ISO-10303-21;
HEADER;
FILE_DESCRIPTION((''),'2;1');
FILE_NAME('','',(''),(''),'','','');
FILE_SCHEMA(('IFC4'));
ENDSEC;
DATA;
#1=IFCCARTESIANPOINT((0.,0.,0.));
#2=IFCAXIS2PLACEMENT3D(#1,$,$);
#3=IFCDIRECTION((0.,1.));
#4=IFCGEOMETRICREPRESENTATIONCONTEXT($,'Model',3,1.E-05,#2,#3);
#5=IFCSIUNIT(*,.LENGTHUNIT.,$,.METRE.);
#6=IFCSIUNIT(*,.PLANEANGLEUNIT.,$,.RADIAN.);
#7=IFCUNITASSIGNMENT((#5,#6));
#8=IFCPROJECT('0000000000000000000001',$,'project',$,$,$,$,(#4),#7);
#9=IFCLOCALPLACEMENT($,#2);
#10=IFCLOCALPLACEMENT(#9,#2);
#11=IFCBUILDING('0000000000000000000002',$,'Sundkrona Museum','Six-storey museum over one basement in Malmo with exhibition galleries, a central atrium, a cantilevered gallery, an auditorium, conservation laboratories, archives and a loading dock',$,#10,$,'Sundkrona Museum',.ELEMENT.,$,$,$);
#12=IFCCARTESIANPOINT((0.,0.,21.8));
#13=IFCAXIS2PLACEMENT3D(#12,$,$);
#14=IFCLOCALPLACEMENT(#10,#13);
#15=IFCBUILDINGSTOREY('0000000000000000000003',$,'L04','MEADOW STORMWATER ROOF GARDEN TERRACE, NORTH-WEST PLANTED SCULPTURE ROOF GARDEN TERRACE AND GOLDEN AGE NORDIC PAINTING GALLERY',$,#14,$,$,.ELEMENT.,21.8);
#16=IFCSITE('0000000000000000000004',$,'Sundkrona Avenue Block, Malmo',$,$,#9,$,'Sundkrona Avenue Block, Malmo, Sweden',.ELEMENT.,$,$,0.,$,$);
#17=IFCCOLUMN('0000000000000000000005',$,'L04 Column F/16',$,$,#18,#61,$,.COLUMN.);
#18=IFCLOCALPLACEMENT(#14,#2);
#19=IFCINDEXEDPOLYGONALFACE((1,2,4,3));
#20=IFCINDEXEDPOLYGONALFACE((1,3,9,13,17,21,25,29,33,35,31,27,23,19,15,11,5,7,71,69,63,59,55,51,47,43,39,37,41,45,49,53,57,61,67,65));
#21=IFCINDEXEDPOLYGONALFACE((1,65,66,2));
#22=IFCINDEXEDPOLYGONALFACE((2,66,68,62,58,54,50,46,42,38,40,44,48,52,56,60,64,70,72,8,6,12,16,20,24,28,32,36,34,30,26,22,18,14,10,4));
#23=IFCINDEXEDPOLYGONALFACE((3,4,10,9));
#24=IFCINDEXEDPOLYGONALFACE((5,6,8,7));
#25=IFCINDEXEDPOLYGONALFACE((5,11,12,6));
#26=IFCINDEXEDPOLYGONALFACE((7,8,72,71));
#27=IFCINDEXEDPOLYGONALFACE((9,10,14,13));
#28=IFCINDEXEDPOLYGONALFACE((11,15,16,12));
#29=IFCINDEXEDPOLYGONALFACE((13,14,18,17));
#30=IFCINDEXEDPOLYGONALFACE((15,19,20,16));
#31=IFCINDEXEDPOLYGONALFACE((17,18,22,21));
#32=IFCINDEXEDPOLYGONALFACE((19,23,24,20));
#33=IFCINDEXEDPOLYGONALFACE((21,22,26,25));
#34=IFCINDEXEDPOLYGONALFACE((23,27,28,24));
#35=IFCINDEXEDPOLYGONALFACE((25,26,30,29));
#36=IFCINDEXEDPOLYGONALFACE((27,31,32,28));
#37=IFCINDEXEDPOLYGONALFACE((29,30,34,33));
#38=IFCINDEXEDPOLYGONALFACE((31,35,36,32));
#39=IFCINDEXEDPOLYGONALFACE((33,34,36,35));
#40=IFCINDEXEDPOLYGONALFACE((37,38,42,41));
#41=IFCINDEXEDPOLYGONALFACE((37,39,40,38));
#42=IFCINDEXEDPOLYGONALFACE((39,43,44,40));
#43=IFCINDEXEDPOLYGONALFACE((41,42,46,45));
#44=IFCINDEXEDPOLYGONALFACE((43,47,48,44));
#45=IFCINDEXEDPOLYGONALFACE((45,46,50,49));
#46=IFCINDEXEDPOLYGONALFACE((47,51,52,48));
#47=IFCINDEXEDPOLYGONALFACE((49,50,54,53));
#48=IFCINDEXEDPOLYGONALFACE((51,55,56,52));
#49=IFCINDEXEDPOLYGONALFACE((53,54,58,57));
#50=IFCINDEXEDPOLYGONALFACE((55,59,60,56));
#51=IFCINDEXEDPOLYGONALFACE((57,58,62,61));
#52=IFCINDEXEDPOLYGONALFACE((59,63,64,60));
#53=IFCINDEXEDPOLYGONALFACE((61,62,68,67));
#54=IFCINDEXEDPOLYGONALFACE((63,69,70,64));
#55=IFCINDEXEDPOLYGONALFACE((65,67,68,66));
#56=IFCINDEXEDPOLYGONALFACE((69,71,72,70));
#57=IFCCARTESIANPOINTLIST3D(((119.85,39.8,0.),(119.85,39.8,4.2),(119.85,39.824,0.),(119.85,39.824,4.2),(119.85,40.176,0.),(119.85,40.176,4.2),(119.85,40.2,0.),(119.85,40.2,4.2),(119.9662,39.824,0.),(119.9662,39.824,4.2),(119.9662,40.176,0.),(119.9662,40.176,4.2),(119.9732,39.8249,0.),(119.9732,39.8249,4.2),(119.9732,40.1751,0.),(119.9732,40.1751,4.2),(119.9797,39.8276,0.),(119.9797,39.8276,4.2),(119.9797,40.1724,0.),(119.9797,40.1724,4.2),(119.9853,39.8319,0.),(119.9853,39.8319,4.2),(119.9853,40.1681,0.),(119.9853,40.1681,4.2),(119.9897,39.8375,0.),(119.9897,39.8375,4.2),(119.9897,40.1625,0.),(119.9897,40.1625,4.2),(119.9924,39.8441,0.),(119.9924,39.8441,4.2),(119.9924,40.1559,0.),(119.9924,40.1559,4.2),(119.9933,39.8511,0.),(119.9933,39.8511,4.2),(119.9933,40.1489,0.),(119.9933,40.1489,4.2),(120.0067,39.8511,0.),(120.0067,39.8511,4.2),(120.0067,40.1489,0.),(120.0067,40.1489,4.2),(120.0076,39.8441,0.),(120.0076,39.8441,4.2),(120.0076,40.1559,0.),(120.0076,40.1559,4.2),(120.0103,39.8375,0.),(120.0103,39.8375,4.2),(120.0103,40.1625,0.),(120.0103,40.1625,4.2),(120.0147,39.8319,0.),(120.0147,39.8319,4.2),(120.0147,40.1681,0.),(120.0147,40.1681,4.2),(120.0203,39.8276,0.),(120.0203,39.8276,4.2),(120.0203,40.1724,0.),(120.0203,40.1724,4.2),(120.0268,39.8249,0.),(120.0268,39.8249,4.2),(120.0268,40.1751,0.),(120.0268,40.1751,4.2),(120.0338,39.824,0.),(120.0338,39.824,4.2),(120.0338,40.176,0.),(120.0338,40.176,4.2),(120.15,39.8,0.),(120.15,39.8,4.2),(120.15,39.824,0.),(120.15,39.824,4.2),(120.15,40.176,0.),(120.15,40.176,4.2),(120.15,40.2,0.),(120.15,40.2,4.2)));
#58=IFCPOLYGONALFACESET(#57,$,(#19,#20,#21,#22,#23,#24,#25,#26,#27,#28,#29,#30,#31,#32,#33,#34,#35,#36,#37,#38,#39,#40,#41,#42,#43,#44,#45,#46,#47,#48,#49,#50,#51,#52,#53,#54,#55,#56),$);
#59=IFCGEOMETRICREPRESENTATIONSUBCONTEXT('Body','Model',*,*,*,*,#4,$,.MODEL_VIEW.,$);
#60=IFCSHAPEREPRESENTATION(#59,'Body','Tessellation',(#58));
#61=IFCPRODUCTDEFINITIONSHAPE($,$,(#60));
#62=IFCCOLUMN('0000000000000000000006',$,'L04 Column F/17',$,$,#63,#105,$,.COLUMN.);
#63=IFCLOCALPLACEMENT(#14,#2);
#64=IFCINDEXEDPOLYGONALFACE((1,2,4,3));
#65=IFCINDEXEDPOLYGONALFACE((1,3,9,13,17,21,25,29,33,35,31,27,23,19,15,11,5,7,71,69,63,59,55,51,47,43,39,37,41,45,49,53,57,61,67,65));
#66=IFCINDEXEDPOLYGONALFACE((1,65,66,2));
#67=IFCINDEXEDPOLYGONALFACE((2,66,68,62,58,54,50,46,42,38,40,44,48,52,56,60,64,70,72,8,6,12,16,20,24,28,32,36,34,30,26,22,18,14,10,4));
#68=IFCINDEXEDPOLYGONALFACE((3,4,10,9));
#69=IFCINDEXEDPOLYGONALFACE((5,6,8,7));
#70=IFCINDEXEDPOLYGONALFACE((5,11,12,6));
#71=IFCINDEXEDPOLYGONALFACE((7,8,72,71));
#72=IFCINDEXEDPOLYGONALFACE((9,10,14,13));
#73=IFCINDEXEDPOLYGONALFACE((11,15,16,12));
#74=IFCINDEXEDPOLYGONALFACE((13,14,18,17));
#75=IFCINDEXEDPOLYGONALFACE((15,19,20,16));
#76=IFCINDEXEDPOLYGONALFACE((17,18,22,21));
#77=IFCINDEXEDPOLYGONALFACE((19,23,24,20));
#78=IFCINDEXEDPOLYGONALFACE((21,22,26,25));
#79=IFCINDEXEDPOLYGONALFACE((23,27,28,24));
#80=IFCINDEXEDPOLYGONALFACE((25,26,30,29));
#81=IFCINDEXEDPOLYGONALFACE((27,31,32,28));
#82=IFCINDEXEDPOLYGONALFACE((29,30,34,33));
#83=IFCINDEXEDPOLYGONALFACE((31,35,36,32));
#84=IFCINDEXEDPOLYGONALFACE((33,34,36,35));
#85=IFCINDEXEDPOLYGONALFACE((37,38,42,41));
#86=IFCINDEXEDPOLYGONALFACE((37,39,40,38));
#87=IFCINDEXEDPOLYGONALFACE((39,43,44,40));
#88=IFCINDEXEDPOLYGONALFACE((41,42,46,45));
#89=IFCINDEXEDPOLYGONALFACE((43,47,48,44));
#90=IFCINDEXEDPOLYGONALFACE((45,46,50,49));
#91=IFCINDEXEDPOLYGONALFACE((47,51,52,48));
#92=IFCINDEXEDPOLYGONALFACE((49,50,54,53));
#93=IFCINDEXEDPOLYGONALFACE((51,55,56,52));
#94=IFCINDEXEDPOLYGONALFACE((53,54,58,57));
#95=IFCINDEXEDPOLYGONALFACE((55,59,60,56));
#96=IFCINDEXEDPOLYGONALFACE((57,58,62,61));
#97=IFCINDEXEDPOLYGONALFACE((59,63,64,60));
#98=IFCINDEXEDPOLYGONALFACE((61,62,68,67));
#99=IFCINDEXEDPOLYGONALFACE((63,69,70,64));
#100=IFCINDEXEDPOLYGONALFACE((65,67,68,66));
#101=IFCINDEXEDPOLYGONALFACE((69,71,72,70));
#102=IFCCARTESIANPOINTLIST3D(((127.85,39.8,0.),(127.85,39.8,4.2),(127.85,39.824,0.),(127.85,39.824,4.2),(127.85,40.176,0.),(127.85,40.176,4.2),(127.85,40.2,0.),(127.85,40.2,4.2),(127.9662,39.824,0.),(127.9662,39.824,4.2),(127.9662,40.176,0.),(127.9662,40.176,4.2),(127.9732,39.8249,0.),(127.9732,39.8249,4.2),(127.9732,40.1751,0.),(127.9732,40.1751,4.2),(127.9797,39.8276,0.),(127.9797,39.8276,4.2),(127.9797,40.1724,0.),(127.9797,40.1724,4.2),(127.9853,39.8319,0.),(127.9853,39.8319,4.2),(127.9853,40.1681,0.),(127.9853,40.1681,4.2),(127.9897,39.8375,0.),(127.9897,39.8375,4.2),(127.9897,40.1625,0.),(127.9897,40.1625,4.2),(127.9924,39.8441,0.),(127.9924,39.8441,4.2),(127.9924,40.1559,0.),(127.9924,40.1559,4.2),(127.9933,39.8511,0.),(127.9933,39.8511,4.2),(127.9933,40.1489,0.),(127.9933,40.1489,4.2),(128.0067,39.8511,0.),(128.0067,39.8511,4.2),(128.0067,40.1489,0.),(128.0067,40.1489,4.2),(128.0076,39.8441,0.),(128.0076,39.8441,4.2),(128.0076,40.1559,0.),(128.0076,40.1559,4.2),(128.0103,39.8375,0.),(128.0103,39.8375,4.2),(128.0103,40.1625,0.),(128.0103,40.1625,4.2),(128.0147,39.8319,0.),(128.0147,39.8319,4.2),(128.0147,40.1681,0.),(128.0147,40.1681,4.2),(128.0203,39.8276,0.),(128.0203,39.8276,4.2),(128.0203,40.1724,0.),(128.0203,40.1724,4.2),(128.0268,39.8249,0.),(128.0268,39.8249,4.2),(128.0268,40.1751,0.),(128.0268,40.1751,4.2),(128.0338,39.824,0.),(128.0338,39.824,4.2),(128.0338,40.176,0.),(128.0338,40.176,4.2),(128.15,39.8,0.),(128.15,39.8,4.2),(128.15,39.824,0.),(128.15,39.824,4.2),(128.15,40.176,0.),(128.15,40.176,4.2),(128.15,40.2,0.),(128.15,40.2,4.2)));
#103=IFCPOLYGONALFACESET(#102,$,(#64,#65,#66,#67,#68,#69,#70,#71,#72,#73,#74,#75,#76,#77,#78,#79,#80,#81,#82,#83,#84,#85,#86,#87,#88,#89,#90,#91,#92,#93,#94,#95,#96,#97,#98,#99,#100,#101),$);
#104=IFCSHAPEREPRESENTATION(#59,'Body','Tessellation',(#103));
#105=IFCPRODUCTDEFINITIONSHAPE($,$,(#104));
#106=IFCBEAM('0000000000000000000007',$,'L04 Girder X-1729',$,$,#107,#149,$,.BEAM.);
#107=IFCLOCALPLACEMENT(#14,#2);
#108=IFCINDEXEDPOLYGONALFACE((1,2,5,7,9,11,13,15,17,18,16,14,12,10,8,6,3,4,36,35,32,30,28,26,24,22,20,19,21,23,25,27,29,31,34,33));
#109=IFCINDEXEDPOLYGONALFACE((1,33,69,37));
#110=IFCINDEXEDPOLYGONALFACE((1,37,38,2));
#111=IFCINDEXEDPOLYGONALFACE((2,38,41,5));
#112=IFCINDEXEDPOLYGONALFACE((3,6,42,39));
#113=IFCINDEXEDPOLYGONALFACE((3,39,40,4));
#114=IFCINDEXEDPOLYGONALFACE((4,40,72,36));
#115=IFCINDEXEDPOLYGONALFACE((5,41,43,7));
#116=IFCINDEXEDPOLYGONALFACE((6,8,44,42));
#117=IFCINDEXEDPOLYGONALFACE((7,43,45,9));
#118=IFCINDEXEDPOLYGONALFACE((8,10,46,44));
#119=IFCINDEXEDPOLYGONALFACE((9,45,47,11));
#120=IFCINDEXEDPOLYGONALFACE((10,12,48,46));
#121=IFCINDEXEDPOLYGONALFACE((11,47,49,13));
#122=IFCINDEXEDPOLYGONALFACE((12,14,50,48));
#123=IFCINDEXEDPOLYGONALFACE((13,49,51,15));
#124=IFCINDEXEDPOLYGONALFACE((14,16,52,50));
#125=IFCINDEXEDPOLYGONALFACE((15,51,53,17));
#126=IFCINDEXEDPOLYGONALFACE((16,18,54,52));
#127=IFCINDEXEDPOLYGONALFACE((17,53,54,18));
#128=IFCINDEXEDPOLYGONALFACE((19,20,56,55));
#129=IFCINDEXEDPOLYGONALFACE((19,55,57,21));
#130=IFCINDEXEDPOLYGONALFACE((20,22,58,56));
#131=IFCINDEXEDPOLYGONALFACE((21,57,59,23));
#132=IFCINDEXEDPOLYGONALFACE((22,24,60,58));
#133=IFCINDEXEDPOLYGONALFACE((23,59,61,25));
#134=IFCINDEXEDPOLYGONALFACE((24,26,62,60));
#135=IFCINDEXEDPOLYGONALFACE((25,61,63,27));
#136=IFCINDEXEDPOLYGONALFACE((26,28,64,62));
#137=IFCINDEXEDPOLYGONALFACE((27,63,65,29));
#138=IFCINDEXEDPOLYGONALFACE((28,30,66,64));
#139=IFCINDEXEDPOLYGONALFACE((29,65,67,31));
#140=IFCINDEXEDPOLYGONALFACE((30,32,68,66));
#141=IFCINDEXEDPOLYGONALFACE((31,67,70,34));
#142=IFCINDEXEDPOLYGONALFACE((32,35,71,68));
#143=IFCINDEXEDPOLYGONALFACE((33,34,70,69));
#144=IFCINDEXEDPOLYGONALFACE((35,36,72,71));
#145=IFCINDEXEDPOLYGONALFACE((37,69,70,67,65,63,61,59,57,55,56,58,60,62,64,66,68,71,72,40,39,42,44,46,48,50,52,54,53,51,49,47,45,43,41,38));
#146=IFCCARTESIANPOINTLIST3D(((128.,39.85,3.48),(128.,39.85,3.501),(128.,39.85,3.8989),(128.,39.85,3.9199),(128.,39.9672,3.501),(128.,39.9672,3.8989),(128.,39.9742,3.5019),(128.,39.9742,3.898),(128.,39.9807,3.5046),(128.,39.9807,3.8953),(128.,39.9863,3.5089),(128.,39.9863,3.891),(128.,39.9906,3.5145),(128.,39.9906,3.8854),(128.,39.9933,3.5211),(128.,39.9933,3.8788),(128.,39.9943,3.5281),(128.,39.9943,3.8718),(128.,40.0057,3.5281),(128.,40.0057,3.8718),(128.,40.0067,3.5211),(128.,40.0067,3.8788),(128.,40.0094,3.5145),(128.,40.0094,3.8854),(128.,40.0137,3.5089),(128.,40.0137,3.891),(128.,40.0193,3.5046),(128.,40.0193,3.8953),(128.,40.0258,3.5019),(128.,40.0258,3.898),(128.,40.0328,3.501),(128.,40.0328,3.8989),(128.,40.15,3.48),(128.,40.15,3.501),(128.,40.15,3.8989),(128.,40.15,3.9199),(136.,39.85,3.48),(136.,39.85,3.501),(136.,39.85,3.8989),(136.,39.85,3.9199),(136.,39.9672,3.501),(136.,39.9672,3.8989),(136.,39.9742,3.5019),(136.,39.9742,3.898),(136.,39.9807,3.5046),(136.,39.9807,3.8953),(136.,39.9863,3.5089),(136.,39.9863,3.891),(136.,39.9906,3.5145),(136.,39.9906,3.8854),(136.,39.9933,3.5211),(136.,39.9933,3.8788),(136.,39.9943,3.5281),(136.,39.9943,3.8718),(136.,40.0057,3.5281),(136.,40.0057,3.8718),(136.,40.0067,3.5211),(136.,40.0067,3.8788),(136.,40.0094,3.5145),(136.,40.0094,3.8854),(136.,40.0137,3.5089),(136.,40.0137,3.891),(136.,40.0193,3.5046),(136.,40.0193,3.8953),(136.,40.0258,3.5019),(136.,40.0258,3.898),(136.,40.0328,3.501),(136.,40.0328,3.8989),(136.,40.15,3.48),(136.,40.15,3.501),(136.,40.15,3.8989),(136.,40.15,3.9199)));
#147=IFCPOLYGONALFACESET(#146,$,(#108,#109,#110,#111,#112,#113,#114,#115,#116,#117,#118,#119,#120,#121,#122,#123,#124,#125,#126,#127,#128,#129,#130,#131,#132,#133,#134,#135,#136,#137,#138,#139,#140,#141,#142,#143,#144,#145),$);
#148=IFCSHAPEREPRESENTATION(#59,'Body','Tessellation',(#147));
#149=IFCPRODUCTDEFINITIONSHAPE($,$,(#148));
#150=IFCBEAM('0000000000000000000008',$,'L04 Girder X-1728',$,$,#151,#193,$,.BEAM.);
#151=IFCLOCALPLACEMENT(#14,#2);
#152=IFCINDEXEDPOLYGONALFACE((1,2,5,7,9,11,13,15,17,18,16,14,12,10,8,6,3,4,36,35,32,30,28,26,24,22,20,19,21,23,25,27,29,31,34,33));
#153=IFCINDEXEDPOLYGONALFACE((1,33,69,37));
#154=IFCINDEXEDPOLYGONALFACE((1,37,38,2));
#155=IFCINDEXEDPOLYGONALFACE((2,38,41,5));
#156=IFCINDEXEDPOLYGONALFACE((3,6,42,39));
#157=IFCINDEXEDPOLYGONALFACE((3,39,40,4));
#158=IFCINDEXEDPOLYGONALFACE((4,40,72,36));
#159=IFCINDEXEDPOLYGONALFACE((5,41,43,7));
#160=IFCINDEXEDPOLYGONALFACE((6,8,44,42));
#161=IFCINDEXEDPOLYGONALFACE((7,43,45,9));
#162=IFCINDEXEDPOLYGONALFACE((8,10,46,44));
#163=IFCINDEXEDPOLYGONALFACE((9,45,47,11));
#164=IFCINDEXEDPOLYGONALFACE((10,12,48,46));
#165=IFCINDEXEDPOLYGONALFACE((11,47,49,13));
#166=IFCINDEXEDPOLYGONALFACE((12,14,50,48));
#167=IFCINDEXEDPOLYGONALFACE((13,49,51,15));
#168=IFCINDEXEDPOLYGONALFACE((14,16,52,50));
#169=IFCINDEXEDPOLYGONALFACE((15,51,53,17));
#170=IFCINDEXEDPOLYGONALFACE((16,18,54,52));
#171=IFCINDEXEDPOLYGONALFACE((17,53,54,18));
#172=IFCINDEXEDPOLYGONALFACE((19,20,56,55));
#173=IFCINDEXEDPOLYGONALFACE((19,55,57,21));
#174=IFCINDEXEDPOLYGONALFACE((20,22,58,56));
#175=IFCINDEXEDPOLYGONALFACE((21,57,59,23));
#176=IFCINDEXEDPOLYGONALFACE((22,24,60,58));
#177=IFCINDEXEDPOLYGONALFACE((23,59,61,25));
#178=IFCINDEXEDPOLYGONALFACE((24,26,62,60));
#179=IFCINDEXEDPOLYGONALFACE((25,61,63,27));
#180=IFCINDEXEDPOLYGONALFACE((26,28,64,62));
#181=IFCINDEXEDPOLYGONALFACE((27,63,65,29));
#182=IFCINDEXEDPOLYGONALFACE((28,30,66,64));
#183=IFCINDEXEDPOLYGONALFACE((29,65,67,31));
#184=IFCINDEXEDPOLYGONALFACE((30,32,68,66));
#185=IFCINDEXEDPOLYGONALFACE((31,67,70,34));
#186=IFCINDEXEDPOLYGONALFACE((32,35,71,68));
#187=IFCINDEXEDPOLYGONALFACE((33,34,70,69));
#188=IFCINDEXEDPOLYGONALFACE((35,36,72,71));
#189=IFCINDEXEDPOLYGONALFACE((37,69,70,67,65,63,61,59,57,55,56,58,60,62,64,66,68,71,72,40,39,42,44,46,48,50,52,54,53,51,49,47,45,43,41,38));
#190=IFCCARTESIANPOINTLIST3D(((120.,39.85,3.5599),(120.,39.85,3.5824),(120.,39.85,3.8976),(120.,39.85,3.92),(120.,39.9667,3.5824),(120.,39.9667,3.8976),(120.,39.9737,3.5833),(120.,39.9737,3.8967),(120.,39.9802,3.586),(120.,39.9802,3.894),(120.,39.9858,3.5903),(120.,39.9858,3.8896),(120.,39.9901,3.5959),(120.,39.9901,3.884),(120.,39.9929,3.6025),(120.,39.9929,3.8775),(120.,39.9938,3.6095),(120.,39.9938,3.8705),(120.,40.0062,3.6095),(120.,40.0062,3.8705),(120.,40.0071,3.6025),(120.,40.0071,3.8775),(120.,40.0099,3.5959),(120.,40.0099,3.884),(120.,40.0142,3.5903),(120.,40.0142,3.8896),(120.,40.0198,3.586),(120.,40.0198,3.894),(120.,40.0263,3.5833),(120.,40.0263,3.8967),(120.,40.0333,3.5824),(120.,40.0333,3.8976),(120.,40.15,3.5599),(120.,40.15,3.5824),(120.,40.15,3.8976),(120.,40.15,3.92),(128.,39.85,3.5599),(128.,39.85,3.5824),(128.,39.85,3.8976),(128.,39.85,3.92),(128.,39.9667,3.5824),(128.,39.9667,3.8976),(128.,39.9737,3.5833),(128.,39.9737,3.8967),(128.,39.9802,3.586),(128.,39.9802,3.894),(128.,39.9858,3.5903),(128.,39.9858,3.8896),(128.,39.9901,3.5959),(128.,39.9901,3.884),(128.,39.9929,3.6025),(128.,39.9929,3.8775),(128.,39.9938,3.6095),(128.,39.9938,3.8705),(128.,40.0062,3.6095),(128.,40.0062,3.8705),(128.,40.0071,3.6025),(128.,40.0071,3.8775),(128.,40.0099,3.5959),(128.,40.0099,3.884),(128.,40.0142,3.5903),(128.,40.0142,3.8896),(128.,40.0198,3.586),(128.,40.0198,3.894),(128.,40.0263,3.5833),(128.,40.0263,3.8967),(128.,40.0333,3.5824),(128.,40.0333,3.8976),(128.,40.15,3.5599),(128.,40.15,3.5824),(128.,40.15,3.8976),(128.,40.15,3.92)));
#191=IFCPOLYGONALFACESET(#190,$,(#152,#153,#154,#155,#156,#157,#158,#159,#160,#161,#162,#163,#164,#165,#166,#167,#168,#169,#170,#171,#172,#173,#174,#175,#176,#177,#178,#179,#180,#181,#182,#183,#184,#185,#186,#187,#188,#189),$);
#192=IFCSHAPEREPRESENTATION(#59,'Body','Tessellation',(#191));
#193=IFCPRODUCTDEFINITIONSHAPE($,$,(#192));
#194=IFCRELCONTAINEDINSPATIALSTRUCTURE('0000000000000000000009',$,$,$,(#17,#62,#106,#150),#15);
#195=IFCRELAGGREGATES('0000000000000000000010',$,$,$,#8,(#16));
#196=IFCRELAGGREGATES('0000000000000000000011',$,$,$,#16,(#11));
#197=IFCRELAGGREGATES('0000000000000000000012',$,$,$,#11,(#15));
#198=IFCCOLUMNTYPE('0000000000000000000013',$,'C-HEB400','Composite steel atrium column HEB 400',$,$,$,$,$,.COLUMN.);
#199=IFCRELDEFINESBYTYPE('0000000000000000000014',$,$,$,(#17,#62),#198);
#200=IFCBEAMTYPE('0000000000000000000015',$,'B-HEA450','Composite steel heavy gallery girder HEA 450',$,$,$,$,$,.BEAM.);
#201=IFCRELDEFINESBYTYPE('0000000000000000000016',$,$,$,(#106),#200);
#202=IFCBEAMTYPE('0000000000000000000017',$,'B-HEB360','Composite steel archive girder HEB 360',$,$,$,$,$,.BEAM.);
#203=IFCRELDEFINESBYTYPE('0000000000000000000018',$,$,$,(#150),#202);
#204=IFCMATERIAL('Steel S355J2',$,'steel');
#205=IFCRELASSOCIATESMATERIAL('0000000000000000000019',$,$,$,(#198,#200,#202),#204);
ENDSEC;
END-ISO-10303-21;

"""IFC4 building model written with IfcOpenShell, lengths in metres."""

from ifc_helpers import new_model, si_unit, direction, frame, origin, origin_2d, place, context, subcontext, project, spatial, i_section, extrude, material, material_profile, profile_set, type_object, element, save


model = new_model("IFC4")

# Units and contexts
model_context = context("Model", 3, precision=1e-05, world=origin(), true_north=direction((0.0, 1.0)))
body_context = subcontext(model_context, "Body", "Model", "MODEL_VIEW")
ifc_project = project(units=[si_unit("LENGTHUNIT", "METRE"), si_unit("PLANEANGLEUNIT", "RADIAN")], contexts=[model_context])

# Site, building, storey
site_placement = place(None, origin())
site = spatial("IfcSite", under=ifc_project, at=site_placement, Name="Sundkrona Avenue Block, Malmo", LongName="Sundkrona Avenue Block, Malmo, Sweden", CompositionType="ELEMENT", RefElevation=0.0)
building_placement = place(site_placement, origin())
building = spatial("IfcBuilding", under=site, at=building_placement, Name="Sundkrona Museum", Description="Six-storey museum over one basement in Malmo with exhibition galleries, a central atrium, a cantilevered gallery, an auditorium, conservation laboratories, archives and a loading dock", LongName="Sundkrona Museum", CompositionType="ELEMENT")
storey_placement = place(building_placement, frame((0.0, 0.0, 21.8)))
storey = spatial("IfcBuildingStorey", under=building, at=storey_placement, Name="L04", Description="MEADOW STORMWATER ROOF GARDEN TERRACE, NORTH-WEST PLANTED SCULPTURE ROOF GARDEN TERRACE AND GOLDEN AGE NORDIC PAINTING GALLERY", CompositionType="ELEMENT", Elevation=21.8)

# Columns
ifc_material_1 = material(Name="Steel S355J2", Category="steel")
ifc_material_profile_1 = material_profile(ifc_material_1, i_section(OverallWidth=0.3, OverallDepth=0.3999, WebThickness=0.0134, FlangeThickness=0.0239, FilletRadius=0.0271, at=origin_2d()), Name="HEB 400")
ifc_profile_set_1 = profile_set([ifc_material_profile_1], Name="Steel S355J2")
column_type = type_object("IfcColumnType", Name="C-HEB400", Description="Composite steel atrium column HEB 400", PredefinedType="COLUMN", material=ifc_profile_set_1)
for number, where, z_axis, x_axis, name in (
    (1, (120.0, 40.0, 0.0), (0.0, 0.0, 1.0), (1.0, 0.0, 0.0), "L04 Column F/16"),
    (2, (128.0, 40.0, 0.0), (0.0, 0.0, 1.0), (1.0, 0.0, 0.0), "L04 Column F/17"),
):
    element("IfcColumn", number, at=place(storey_placement, frame(where, z_axis=z_axis, x_axis=x_axis)), inside=storey, type_object=column_type, Name=name, PredefinedType="COLUMN", context=body_context, shape_type="SweptSolid", body=[
        extrude(i_section(OverallWidth=0.3, OverallDepth=0.3999, WebThickness=0.0134, FlangeThickness=0.0239, FilletRadius=0.0271, at=origin_2d()), origin(), (0.0, 0.0, 1.0), 4.2),
    ])

# Beams
ifc_material_profile_2 = material_profile(ifc_material_1, i_section(OverallWidth=0.3, OverallDepth=0.4399, WebThickness=0.0115, FlangeThickness=0.021, FilletRadius=0.0271, at=origin_2d()), Name="HEA 450")
ifc_profile_set_2 = profile_set([ifc_material_profile_2], Name="Steel S355J2")
beam_type_1 = type_object("IfcBeamType", Name="B-HEA450", Description="Composite steel heavy gallery girder HEA 450", PredefinedType="BEAM", material=ifc_profile_set_2)
beam_1_placement = place(storey_placement, frame((128.0, 40.0, 3.7), z_axis=(1.0, 0.0, 0.0), x_axis=(0.0, 1.0, 0.0)))
element("IfcBeam", 3, at=beam_1_placement, inside=storey, type_object=beam_type_1, Name="L04 Girder X-1729", PredefinedType="BEAM", context=body_context, shape_type="SweptSolid", body=[
    extrude(i_section(OverallWidth=0.3, OverallDepth=0.4399, WebThickness=0.0115, FlangeThickness=0.021, FilletRadius=0.0271, at=origin_2d()), origin(), (0.0, 0.0, 1.0), 8.0),
])
ifc_material_profile_3 = material_profile(ifc_material_1, i_section(OverallWidth=0.3, OverallDepth=0.3601, WebThickness=0.0125, FlangeThickness=0.0225, FilletRadius=0.0271, at=origin_2d()), Name="HEB 360")
ifc_profile_set_3 = profile_set([ifc_material_profile_3], Name="Steel S355J2")
beam_type_2 = type_object("IfcBeamType", Name="B-HEB360", Description="Composite steel archive girder HEB 360", PredefinedType="BEAM", material=ifc_profile_set_3)
beam_2_placement = place(storey_placement, frame((120.0, 40.0, 3.74), z_axis=(1.0, 0.0, 0.0), x_axis=(0.0, 1.0, 0.0)))
element("IfcBeam", 4, at=beam_2_placement, inside=storey, type_object=beam_type_2, Name="L04 Girder X-1728", PredefinedType="BEAM", context=body_context, shape_type="SweptSolid", body=[
    extrude(i_section(OverallWidth=0.3, OverallDepth=0.3601, WebThickness=0.0125, FlangeThickness=0.0225, FilletRadius=0.0271, at=origin_2d()), origin(), (0.0, 0.0, 1.0), 8.0),
])

save(model, "model.ifc")
